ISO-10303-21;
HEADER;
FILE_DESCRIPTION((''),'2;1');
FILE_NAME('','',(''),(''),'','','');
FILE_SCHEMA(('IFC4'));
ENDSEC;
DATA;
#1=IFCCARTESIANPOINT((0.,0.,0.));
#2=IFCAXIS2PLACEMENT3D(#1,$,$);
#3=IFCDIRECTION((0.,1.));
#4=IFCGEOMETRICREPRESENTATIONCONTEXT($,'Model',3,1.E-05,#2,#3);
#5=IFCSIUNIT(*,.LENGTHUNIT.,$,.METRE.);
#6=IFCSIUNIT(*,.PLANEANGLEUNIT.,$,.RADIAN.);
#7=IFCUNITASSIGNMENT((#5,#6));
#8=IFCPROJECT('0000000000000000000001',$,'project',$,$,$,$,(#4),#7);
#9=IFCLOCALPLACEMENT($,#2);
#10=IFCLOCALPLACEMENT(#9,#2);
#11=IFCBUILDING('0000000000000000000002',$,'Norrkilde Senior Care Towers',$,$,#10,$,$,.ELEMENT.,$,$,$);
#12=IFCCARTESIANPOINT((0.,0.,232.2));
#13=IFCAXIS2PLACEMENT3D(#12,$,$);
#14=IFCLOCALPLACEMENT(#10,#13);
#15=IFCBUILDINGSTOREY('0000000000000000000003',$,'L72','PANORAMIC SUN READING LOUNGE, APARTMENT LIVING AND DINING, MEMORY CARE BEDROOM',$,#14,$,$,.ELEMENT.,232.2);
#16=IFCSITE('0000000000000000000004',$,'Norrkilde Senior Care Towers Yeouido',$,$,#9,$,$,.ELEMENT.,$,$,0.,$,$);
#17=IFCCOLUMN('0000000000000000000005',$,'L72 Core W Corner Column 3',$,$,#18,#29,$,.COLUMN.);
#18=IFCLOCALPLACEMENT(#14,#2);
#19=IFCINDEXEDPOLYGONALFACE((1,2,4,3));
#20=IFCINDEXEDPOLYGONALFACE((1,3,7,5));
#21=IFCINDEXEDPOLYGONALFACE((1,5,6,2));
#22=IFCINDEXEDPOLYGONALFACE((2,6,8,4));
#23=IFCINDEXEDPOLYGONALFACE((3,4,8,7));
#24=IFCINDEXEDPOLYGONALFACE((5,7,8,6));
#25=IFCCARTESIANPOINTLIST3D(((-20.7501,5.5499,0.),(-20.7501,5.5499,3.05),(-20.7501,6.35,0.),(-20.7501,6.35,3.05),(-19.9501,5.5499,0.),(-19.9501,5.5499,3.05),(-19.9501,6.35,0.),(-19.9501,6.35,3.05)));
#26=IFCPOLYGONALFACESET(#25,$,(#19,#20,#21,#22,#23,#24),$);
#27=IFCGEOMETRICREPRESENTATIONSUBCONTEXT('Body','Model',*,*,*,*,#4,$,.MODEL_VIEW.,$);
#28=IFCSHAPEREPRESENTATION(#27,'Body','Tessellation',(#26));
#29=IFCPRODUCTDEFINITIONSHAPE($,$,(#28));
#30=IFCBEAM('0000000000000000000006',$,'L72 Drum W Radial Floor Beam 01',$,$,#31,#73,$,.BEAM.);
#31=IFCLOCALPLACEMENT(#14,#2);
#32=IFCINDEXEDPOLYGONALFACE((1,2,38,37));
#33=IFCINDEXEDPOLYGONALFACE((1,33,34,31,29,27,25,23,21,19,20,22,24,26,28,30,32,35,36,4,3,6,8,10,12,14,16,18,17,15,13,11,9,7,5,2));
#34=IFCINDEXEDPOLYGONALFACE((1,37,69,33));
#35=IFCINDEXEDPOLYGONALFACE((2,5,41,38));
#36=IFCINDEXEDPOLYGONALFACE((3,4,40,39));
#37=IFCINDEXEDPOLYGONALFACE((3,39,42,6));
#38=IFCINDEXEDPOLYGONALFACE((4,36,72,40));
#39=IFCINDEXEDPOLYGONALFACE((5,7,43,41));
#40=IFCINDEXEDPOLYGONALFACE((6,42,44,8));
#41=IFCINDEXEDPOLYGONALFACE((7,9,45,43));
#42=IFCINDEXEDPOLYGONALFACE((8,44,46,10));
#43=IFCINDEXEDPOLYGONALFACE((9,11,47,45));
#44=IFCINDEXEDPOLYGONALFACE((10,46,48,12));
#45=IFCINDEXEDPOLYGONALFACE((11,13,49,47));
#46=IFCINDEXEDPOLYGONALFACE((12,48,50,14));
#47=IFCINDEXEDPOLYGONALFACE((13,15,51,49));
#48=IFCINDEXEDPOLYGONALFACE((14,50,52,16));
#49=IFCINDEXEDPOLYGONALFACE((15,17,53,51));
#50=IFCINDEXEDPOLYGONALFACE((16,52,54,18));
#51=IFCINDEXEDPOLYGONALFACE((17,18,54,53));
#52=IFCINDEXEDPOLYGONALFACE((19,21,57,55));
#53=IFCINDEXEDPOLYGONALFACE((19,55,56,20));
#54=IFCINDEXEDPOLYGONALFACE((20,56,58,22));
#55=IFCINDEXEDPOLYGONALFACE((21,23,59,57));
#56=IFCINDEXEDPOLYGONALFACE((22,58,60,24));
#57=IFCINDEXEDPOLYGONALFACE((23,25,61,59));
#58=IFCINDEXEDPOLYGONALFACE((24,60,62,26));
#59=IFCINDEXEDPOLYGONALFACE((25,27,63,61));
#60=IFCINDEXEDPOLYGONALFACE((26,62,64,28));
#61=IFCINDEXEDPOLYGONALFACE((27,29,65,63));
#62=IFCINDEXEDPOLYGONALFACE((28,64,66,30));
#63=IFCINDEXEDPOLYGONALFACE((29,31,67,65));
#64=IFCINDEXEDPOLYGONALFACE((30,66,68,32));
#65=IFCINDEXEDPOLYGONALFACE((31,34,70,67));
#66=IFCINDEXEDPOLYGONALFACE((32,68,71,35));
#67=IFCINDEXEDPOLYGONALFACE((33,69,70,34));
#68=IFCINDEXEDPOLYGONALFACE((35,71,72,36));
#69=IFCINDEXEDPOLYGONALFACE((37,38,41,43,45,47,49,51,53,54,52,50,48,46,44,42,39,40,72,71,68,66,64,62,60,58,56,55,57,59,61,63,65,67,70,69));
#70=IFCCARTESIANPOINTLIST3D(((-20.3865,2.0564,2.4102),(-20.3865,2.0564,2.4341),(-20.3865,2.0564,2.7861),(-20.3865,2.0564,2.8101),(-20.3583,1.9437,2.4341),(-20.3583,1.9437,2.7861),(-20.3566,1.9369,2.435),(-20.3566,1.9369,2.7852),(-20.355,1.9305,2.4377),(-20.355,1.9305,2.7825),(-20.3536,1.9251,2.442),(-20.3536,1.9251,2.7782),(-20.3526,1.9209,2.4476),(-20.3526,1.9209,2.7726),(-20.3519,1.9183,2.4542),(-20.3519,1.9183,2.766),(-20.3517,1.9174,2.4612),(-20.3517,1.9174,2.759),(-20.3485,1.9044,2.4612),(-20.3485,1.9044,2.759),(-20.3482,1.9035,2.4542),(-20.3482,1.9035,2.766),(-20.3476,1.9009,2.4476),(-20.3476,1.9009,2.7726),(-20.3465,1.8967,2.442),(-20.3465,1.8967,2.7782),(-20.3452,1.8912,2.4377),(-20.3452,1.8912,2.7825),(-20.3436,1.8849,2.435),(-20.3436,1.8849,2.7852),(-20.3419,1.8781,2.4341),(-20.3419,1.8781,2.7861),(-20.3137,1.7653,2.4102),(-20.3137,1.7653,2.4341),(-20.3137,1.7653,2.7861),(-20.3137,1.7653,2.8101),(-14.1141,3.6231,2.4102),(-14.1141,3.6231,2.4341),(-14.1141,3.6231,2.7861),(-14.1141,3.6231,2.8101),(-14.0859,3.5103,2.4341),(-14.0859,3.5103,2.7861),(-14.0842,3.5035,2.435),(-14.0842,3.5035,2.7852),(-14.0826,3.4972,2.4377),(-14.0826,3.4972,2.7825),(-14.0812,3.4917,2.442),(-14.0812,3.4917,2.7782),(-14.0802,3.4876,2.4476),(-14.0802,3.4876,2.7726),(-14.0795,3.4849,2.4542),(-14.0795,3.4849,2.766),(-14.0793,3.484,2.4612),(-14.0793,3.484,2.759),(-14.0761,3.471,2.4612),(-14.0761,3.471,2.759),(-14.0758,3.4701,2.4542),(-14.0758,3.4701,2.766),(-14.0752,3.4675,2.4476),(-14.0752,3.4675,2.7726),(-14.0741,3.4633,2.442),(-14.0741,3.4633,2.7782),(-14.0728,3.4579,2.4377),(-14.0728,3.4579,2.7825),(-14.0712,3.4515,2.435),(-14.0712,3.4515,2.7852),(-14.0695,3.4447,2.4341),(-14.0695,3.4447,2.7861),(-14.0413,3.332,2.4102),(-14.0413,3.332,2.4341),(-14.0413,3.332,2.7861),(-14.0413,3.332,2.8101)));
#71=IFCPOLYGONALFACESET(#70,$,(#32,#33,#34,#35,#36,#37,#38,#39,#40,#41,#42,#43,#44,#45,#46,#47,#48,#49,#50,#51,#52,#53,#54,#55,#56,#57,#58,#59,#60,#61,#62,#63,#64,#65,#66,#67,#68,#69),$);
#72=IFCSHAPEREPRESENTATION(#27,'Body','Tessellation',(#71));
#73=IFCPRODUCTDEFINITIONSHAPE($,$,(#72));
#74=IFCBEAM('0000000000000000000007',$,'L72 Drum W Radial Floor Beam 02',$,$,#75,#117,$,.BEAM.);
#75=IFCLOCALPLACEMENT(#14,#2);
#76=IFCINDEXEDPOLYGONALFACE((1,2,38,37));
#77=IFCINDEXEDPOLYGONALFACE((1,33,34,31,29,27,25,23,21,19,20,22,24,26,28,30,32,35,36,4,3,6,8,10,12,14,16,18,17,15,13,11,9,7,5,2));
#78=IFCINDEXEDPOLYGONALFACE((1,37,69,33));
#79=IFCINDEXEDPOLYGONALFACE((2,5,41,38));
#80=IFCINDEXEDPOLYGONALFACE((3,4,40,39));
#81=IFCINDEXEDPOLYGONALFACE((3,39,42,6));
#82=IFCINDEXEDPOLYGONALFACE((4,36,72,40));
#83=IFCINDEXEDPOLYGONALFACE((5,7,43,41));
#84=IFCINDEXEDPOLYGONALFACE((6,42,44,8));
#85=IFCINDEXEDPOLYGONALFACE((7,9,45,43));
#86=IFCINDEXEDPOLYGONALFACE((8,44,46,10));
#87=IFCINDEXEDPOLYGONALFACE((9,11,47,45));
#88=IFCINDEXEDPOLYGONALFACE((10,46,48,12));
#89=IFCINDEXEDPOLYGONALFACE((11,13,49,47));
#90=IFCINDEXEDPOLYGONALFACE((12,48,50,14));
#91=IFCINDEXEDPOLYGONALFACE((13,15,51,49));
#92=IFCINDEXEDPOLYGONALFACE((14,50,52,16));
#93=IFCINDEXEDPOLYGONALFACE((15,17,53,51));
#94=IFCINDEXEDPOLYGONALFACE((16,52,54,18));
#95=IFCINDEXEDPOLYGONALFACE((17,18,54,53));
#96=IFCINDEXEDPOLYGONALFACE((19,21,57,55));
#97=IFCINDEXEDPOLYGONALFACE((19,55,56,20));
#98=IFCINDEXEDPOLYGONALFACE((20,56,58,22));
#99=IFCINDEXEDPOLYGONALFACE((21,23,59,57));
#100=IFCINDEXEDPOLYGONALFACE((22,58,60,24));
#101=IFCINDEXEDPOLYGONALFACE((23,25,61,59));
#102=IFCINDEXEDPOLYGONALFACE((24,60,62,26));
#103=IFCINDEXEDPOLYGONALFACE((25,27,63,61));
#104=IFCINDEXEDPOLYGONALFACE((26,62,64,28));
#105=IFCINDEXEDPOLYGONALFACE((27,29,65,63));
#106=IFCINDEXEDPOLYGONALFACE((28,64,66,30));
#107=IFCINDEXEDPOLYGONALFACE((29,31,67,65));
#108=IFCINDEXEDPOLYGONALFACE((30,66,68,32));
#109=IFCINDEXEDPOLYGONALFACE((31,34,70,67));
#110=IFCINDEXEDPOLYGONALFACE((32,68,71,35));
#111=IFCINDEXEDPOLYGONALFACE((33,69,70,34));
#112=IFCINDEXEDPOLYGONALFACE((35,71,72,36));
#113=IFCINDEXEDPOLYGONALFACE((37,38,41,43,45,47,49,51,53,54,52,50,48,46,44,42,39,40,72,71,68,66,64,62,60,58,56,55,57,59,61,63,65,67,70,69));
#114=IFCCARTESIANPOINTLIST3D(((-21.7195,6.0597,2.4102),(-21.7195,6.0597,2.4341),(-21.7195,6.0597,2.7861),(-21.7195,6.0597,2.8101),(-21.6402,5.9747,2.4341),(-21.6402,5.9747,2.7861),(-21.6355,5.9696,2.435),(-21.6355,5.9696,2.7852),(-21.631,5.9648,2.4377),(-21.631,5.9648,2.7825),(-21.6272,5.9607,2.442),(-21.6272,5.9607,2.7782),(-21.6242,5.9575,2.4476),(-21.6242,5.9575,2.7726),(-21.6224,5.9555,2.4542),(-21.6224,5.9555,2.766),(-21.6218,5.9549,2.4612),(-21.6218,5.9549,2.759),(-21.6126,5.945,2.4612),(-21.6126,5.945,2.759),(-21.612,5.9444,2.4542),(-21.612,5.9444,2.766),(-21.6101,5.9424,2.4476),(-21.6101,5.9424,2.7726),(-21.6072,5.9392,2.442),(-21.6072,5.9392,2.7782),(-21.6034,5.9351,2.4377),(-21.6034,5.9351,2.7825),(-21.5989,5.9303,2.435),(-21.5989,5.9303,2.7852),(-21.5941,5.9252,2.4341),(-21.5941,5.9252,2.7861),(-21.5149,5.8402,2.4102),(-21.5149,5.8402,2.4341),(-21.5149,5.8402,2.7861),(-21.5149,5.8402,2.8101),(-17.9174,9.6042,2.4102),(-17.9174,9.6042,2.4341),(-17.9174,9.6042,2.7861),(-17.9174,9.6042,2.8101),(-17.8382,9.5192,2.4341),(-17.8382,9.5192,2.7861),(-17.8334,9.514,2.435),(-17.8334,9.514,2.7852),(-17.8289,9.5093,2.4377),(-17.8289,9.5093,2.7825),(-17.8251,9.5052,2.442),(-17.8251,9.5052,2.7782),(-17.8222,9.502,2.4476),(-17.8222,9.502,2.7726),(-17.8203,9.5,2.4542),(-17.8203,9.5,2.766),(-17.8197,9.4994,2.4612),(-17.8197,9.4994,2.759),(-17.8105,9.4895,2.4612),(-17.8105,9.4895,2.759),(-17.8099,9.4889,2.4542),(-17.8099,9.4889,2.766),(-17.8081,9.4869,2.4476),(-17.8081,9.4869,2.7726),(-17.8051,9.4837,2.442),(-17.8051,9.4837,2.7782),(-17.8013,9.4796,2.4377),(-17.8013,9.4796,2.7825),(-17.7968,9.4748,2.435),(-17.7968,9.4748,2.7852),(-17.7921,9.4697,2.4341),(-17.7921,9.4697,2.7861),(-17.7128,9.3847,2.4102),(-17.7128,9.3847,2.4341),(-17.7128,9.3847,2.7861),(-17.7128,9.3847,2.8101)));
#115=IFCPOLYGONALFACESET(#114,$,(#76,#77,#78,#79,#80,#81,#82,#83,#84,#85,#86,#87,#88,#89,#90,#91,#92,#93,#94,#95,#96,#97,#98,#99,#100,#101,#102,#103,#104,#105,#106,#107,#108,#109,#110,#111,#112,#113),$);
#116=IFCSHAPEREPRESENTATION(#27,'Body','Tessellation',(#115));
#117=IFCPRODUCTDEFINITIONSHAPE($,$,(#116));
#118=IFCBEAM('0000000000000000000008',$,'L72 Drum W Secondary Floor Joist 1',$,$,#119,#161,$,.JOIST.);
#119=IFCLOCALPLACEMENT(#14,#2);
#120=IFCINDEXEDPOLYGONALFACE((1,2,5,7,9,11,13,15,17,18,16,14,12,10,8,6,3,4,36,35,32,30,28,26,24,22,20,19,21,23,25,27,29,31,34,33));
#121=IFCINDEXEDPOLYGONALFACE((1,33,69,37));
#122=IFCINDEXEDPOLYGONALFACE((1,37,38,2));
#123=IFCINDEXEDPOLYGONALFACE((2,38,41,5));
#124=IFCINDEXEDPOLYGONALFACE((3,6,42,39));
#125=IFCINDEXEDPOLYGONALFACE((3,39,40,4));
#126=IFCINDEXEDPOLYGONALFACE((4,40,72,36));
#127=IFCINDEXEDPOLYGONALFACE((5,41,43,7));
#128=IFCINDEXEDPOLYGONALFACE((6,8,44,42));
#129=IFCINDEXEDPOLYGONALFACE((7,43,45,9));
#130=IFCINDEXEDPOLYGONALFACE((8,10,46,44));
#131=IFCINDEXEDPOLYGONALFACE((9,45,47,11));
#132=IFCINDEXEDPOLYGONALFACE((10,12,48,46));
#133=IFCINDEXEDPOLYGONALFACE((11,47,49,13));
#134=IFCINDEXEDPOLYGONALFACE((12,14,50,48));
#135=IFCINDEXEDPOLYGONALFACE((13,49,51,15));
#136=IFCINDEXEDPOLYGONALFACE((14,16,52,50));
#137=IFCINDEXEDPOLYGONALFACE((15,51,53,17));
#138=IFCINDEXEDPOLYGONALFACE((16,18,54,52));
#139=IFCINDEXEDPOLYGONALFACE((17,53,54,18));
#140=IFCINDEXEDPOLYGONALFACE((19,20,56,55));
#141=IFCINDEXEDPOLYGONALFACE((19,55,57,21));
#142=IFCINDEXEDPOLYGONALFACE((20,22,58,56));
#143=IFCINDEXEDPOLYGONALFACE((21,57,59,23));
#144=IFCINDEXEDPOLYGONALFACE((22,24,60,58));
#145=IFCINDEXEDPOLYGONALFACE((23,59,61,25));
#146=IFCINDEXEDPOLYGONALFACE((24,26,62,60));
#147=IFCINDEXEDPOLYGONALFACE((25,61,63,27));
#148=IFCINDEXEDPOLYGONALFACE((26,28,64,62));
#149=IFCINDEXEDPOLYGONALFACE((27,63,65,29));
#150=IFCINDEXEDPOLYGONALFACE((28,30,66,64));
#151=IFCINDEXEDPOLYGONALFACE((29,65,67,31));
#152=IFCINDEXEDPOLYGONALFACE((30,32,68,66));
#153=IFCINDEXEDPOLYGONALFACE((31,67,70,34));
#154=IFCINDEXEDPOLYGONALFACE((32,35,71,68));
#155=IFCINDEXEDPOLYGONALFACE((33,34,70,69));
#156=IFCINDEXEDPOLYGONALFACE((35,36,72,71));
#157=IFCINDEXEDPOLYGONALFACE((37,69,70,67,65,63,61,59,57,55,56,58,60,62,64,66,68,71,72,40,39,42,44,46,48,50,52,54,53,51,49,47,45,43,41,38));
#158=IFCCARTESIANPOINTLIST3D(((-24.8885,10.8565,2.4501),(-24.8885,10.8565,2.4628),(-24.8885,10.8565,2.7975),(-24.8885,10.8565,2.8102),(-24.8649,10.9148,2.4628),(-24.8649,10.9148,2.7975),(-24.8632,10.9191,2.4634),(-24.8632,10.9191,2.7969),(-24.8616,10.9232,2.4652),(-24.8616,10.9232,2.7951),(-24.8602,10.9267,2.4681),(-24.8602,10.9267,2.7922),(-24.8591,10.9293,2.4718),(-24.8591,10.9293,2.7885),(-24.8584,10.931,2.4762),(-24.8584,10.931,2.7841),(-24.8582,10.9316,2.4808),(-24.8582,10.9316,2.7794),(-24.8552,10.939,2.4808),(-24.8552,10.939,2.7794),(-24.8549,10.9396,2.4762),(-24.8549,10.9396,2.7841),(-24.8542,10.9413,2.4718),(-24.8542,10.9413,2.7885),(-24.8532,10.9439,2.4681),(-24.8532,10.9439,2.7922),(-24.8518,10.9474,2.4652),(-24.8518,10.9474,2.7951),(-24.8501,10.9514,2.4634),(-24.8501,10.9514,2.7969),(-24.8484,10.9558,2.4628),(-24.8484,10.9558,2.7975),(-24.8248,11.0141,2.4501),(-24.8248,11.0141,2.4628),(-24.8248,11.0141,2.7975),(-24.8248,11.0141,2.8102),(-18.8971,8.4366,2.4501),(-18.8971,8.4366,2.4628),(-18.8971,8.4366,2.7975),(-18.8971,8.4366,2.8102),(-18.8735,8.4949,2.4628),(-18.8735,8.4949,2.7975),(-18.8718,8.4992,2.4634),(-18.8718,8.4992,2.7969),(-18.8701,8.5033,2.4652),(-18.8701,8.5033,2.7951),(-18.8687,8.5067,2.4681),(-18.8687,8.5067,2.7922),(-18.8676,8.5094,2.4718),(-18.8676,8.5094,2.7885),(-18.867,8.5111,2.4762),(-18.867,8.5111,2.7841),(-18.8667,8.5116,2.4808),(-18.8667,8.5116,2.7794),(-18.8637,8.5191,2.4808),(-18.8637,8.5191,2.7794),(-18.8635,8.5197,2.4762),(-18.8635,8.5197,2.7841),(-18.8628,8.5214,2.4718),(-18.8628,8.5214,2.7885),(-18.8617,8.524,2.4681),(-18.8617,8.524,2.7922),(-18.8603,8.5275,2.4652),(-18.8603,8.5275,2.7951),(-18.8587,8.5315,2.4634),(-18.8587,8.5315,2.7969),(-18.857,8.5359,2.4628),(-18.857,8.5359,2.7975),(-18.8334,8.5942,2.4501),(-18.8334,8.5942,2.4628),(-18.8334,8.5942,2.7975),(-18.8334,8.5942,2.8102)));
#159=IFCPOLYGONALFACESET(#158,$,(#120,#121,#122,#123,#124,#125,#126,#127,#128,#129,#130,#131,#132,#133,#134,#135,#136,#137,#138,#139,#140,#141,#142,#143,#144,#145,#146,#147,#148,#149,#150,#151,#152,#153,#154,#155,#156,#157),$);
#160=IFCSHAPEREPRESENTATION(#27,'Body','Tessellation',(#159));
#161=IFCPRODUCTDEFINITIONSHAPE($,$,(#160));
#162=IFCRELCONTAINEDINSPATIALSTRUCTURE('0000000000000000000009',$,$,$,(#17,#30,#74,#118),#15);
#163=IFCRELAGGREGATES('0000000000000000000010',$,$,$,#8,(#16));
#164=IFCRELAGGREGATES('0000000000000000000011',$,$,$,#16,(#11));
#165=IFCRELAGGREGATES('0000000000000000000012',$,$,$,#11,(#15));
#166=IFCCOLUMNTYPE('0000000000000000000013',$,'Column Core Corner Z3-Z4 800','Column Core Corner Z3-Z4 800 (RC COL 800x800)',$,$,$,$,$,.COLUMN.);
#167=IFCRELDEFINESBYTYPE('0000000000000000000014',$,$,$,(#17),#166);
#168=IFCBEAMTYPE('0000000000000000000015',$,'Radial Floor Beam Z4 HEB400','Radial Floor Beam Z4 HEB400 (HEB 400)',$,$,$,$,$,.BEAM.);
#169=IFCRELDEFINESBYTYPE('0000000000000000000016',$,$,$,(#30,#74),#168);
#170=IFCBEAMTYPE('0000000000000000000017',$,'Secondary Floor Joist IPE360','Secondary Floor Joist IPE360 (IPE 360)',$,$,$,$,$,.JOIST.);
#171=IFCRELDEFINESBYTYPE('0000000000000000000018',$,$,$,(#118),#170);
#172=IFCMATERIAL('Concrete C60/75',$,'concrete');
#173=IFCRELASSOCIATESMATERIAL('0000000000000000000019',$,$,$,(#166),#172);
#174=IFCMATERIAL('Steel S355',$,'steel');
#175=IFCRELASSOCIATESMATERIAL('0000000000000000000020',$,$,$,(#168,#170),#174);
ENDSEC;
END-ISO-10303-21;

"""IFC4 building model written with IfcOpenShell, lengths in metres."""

from ifc_helpers import new_model, si_unit, direction, frame, origin, origin_2d, place, context, subcontext, project, spatial, rectangle, i_section, extrude, source, transform, mapped, material, material_profile, profile_set, type_object, type_shapes, element, save


model = new_model("IFC4")

# Units and contexts
model_context = context("Model", 3, precision=1e-05, world=origin(), true_north=direction((0.0, 1.0)))
body_context = subcontext(model_context, "Body", "Model", "MODEL_VIEW")
ifc_project = project(units=[si_unit("LENGTHUNIT", "METRE"), si_unit("PLANEANGLEUNIT", "RADIAN")], contexts=[model_context])

# Site, building, storey
site_placement = place(None, origin())
site = spatial("IfcSite", under=ifc_project, at=site_placement, Name="Norrkilde Senior Care Towers Yeouido", CompositionType="ELEMENT", RefElevation=0.0)
building_placement = place(site_placement, origin())
building = spatial("IfcBuilding", under=site, at=building_placement, Name="Norrkilde Senior Care Towers", CompositionType="ELEMENT")
storey_placement = place(building_placement, frame((0.0, 0.0, 232.2)))
storey = spatial("IfcBuildingStorey", under=building, at=storey_placement, Name="L72", Description="PANORAMIC SUN READING LOUNGE, APARTMENT LIVING AND DINING, MEMORY CARE BEDROOM", CompositionType="ELEMENT", Elevation=232.2)

# Column
ifc_material_1 = material(Name="Concrete C60/75", Category="concrete")
ifc_material_profile_1 = material_profile(ifc_material_1, rectangle(XDim=0.8, YDim=0.8, at=origin_2d()), Name="RC COL 800x800")
ifc_profile_set_1 = profile_set([ifc_material_profile_1], Name="Concrete C60/75")
column_type = type_object("IfcColumnType", Name="Column Core Corner Z3-Z4 800", Description="Column Core Corner Z3-Z4 800 (RC COL 800x800)", PredefinedType="COLUMN", material=ifc_profile_set_1)
shared_shape_1 = source(origin(), body_context, "Body", "SweptSolid", [
    extrude(rectangle(XDim=0.8, YDim=0.8, at=origin_2d()), origin(), (0.0, 0.0, 1.0), 3.05),
])
type_shapes(column_type, [shared_shape_1])
column_placement = place(storey_placement, frame((-20.3501, 5.95, 0.0), z_axis=(0.0, 0.0, 1.0), x_axis=(1.0, 0.0, 0.0)))
element("IfcColumn", 1, at=column_placement, inside=storey, type_object=column_type, Name="L72 Core W Corner Column 3", PredefinedType="COLUMN", context=body_context, shape_type="MappedRepresentation", body=[
    mapped(shared_shape_1, transform((0.0, 0.0, 0.0), x_axis=(1.0, 0.0, 0.0), y_axis=(0.0, 1.0, 0.0), z_axis=(0.0, 0.0, 1.0), scale=1.0)),
])

# Beams
ifc_material_2 = material(Name="Steel S355", Category="steel")
ifc_material_profile_2 = material_profile(ifc_material_2, i_section(OverallWidth=0.3, OverallDepth=0.3999, WebThickness=0.0134, FlangeThickness=0.0239, FilletRadius=0.0271, at=origin_2d()), Name="HEB 400")
ifc_profile_set_2 = profile_set([ifc_material_profile_2], Name="Steel S355")
beam_type_1 = type_object("IfcBeamType", Name="Radial Floor Beam Z4 HEB400", Description="Radial Floor Beam Z4 HEB400 (HEB 400)", PredefinedType="BEAM", material=ifc_profile_set_2)
shared_shape_2 = source(origin(), body_context, "Body", "SweptSolid", [
    extrude(i_section(OverallWidth=0.3, OverallDepth=0.3999, WebThickness=0.0134, FlangeThickness=0.0239, FilletRadius=0.0271, at=origin_2d()), origin(), (0.0, 0.0, 1.0), 6.4651),
])
beam_1_placement = place(storey_placement, frame((-20.3501, 1.9109, 2.6101), z_axis=(0.970196, 0.242322, 0.0), x_axis=(-0.242322, 0.970196, 0.0)))
element("IfcBeam", 2, at=beam_1_placement, inside=storey, type_object=beam_type_1, Name="L72 Drum W Radial Floor Beam 01", PredefinedType="BEAM", context=body_context, shape_type="MappedRepresentation", body=[
    mapped(shared_shape_2, transform((0.0, 0.0, 0.0), x_axis=(1.0, 0.0, 0.0), y_axis=(0.0, 1.0, 0.0), z_axis=(0.0, 0.0, 1.0), scale=1.0)),
])
shared_shape_3 = source(origin(), body_context, "Body", "SweptSolid", [
    extrude(i_section(OverallWidth=0.3, OverallDepth=0.3999, WebThickness=0.0134, FlangeThickness=0.0239, FilletRadius=0.0271, at=origin_2d()), origin(), (0.0, 0.0, 1.0), 5.198),
])
type_shapes(beam_type_1, [shared_shape_2, shared_shape_3])
beam_2_placement = place(storey_placement, frame((-21.6172, 5.95, 2.6101), z_axis=(0.731449, 0.681896, 0.0), x_axis=(-0.681896, 0.731449, 0.0)))
element("IfcBeam", 3, at=beam_2_placement, inside=storey, type_object=beam_type_1, Name="L72 Drum W Radial Floor Beam 02", PredefinedType="BEAM", context=body_context, shape_type="MappedRepresentation", body=[
    mapped(shared_shape_3, transform((0.0, 0.0, 0.0), x_axis=(1.0, 0.0, 0.0), y_axis=(0.0, 1.0, 0.0), z_axis=(0.0, 0.0, 1.0), scale=1.0)),
])
ifc_material_profile_3 = material_profile(ifc_material_2, i_section(OverallWidth=0.1699, OverallDepth=0.3601, WebThickness=0.0081, FlangeThickness=0.0127, FilletRadius=0.0181, at=origin_2d()), Name="IPE 360")
ifc_profile_set_3 = profile_set([ifc_material_profile_3], Name="Steel S355")
beam_type_2 = type_object("IfcBeamType", Name="Secondary Floor Joist IPE360", Description="Secondary Floor Joist IPE360 (IPE 360)", PredefinedType="JOIST", material=ifc_profile_set_3)
shared_shape_4 = source(origin(), body_context, "Body", "SweptSolid", [
    extrude(i_section(OverallWidth=0.1699, OverallDepth=0.3601, WebThickness=0.0081, FlangeThickness=0.0127, FilletRadius=0.0181, at=origin_2d()), origin(), (0.0, 0.0, 1.0), 6.4617),
])
type_shapes(beam_type_2, [shared_shape_4])
beam_3_placement = place(storey_placement, frame((-18.8652, 8.5154, 2.6301), z_axis=(-0.927226, 0.374502, 0.0), x_axis=(-0.374502, -0.927226, 0.0)))
element("IfcBeam", 4, at=beam_3_placement, inside=storey, type_object=beam_type_2, Name="L72 Drum W Secondary Floor Joist 1", PredefinedType="JOIST", context=body_context, shape_type="MappedRepresentation", body=[
    mapped(shared_shape_4, transform((0.0, 0.0, 0.0), x_axis=(1.0, 0.0, 0.0), y_axis=(0.0, 1.0, 0.0), z_axis=(0.0, 0.0, 1.0), scale=1.0)),
])

save(model, "model.ifc")
